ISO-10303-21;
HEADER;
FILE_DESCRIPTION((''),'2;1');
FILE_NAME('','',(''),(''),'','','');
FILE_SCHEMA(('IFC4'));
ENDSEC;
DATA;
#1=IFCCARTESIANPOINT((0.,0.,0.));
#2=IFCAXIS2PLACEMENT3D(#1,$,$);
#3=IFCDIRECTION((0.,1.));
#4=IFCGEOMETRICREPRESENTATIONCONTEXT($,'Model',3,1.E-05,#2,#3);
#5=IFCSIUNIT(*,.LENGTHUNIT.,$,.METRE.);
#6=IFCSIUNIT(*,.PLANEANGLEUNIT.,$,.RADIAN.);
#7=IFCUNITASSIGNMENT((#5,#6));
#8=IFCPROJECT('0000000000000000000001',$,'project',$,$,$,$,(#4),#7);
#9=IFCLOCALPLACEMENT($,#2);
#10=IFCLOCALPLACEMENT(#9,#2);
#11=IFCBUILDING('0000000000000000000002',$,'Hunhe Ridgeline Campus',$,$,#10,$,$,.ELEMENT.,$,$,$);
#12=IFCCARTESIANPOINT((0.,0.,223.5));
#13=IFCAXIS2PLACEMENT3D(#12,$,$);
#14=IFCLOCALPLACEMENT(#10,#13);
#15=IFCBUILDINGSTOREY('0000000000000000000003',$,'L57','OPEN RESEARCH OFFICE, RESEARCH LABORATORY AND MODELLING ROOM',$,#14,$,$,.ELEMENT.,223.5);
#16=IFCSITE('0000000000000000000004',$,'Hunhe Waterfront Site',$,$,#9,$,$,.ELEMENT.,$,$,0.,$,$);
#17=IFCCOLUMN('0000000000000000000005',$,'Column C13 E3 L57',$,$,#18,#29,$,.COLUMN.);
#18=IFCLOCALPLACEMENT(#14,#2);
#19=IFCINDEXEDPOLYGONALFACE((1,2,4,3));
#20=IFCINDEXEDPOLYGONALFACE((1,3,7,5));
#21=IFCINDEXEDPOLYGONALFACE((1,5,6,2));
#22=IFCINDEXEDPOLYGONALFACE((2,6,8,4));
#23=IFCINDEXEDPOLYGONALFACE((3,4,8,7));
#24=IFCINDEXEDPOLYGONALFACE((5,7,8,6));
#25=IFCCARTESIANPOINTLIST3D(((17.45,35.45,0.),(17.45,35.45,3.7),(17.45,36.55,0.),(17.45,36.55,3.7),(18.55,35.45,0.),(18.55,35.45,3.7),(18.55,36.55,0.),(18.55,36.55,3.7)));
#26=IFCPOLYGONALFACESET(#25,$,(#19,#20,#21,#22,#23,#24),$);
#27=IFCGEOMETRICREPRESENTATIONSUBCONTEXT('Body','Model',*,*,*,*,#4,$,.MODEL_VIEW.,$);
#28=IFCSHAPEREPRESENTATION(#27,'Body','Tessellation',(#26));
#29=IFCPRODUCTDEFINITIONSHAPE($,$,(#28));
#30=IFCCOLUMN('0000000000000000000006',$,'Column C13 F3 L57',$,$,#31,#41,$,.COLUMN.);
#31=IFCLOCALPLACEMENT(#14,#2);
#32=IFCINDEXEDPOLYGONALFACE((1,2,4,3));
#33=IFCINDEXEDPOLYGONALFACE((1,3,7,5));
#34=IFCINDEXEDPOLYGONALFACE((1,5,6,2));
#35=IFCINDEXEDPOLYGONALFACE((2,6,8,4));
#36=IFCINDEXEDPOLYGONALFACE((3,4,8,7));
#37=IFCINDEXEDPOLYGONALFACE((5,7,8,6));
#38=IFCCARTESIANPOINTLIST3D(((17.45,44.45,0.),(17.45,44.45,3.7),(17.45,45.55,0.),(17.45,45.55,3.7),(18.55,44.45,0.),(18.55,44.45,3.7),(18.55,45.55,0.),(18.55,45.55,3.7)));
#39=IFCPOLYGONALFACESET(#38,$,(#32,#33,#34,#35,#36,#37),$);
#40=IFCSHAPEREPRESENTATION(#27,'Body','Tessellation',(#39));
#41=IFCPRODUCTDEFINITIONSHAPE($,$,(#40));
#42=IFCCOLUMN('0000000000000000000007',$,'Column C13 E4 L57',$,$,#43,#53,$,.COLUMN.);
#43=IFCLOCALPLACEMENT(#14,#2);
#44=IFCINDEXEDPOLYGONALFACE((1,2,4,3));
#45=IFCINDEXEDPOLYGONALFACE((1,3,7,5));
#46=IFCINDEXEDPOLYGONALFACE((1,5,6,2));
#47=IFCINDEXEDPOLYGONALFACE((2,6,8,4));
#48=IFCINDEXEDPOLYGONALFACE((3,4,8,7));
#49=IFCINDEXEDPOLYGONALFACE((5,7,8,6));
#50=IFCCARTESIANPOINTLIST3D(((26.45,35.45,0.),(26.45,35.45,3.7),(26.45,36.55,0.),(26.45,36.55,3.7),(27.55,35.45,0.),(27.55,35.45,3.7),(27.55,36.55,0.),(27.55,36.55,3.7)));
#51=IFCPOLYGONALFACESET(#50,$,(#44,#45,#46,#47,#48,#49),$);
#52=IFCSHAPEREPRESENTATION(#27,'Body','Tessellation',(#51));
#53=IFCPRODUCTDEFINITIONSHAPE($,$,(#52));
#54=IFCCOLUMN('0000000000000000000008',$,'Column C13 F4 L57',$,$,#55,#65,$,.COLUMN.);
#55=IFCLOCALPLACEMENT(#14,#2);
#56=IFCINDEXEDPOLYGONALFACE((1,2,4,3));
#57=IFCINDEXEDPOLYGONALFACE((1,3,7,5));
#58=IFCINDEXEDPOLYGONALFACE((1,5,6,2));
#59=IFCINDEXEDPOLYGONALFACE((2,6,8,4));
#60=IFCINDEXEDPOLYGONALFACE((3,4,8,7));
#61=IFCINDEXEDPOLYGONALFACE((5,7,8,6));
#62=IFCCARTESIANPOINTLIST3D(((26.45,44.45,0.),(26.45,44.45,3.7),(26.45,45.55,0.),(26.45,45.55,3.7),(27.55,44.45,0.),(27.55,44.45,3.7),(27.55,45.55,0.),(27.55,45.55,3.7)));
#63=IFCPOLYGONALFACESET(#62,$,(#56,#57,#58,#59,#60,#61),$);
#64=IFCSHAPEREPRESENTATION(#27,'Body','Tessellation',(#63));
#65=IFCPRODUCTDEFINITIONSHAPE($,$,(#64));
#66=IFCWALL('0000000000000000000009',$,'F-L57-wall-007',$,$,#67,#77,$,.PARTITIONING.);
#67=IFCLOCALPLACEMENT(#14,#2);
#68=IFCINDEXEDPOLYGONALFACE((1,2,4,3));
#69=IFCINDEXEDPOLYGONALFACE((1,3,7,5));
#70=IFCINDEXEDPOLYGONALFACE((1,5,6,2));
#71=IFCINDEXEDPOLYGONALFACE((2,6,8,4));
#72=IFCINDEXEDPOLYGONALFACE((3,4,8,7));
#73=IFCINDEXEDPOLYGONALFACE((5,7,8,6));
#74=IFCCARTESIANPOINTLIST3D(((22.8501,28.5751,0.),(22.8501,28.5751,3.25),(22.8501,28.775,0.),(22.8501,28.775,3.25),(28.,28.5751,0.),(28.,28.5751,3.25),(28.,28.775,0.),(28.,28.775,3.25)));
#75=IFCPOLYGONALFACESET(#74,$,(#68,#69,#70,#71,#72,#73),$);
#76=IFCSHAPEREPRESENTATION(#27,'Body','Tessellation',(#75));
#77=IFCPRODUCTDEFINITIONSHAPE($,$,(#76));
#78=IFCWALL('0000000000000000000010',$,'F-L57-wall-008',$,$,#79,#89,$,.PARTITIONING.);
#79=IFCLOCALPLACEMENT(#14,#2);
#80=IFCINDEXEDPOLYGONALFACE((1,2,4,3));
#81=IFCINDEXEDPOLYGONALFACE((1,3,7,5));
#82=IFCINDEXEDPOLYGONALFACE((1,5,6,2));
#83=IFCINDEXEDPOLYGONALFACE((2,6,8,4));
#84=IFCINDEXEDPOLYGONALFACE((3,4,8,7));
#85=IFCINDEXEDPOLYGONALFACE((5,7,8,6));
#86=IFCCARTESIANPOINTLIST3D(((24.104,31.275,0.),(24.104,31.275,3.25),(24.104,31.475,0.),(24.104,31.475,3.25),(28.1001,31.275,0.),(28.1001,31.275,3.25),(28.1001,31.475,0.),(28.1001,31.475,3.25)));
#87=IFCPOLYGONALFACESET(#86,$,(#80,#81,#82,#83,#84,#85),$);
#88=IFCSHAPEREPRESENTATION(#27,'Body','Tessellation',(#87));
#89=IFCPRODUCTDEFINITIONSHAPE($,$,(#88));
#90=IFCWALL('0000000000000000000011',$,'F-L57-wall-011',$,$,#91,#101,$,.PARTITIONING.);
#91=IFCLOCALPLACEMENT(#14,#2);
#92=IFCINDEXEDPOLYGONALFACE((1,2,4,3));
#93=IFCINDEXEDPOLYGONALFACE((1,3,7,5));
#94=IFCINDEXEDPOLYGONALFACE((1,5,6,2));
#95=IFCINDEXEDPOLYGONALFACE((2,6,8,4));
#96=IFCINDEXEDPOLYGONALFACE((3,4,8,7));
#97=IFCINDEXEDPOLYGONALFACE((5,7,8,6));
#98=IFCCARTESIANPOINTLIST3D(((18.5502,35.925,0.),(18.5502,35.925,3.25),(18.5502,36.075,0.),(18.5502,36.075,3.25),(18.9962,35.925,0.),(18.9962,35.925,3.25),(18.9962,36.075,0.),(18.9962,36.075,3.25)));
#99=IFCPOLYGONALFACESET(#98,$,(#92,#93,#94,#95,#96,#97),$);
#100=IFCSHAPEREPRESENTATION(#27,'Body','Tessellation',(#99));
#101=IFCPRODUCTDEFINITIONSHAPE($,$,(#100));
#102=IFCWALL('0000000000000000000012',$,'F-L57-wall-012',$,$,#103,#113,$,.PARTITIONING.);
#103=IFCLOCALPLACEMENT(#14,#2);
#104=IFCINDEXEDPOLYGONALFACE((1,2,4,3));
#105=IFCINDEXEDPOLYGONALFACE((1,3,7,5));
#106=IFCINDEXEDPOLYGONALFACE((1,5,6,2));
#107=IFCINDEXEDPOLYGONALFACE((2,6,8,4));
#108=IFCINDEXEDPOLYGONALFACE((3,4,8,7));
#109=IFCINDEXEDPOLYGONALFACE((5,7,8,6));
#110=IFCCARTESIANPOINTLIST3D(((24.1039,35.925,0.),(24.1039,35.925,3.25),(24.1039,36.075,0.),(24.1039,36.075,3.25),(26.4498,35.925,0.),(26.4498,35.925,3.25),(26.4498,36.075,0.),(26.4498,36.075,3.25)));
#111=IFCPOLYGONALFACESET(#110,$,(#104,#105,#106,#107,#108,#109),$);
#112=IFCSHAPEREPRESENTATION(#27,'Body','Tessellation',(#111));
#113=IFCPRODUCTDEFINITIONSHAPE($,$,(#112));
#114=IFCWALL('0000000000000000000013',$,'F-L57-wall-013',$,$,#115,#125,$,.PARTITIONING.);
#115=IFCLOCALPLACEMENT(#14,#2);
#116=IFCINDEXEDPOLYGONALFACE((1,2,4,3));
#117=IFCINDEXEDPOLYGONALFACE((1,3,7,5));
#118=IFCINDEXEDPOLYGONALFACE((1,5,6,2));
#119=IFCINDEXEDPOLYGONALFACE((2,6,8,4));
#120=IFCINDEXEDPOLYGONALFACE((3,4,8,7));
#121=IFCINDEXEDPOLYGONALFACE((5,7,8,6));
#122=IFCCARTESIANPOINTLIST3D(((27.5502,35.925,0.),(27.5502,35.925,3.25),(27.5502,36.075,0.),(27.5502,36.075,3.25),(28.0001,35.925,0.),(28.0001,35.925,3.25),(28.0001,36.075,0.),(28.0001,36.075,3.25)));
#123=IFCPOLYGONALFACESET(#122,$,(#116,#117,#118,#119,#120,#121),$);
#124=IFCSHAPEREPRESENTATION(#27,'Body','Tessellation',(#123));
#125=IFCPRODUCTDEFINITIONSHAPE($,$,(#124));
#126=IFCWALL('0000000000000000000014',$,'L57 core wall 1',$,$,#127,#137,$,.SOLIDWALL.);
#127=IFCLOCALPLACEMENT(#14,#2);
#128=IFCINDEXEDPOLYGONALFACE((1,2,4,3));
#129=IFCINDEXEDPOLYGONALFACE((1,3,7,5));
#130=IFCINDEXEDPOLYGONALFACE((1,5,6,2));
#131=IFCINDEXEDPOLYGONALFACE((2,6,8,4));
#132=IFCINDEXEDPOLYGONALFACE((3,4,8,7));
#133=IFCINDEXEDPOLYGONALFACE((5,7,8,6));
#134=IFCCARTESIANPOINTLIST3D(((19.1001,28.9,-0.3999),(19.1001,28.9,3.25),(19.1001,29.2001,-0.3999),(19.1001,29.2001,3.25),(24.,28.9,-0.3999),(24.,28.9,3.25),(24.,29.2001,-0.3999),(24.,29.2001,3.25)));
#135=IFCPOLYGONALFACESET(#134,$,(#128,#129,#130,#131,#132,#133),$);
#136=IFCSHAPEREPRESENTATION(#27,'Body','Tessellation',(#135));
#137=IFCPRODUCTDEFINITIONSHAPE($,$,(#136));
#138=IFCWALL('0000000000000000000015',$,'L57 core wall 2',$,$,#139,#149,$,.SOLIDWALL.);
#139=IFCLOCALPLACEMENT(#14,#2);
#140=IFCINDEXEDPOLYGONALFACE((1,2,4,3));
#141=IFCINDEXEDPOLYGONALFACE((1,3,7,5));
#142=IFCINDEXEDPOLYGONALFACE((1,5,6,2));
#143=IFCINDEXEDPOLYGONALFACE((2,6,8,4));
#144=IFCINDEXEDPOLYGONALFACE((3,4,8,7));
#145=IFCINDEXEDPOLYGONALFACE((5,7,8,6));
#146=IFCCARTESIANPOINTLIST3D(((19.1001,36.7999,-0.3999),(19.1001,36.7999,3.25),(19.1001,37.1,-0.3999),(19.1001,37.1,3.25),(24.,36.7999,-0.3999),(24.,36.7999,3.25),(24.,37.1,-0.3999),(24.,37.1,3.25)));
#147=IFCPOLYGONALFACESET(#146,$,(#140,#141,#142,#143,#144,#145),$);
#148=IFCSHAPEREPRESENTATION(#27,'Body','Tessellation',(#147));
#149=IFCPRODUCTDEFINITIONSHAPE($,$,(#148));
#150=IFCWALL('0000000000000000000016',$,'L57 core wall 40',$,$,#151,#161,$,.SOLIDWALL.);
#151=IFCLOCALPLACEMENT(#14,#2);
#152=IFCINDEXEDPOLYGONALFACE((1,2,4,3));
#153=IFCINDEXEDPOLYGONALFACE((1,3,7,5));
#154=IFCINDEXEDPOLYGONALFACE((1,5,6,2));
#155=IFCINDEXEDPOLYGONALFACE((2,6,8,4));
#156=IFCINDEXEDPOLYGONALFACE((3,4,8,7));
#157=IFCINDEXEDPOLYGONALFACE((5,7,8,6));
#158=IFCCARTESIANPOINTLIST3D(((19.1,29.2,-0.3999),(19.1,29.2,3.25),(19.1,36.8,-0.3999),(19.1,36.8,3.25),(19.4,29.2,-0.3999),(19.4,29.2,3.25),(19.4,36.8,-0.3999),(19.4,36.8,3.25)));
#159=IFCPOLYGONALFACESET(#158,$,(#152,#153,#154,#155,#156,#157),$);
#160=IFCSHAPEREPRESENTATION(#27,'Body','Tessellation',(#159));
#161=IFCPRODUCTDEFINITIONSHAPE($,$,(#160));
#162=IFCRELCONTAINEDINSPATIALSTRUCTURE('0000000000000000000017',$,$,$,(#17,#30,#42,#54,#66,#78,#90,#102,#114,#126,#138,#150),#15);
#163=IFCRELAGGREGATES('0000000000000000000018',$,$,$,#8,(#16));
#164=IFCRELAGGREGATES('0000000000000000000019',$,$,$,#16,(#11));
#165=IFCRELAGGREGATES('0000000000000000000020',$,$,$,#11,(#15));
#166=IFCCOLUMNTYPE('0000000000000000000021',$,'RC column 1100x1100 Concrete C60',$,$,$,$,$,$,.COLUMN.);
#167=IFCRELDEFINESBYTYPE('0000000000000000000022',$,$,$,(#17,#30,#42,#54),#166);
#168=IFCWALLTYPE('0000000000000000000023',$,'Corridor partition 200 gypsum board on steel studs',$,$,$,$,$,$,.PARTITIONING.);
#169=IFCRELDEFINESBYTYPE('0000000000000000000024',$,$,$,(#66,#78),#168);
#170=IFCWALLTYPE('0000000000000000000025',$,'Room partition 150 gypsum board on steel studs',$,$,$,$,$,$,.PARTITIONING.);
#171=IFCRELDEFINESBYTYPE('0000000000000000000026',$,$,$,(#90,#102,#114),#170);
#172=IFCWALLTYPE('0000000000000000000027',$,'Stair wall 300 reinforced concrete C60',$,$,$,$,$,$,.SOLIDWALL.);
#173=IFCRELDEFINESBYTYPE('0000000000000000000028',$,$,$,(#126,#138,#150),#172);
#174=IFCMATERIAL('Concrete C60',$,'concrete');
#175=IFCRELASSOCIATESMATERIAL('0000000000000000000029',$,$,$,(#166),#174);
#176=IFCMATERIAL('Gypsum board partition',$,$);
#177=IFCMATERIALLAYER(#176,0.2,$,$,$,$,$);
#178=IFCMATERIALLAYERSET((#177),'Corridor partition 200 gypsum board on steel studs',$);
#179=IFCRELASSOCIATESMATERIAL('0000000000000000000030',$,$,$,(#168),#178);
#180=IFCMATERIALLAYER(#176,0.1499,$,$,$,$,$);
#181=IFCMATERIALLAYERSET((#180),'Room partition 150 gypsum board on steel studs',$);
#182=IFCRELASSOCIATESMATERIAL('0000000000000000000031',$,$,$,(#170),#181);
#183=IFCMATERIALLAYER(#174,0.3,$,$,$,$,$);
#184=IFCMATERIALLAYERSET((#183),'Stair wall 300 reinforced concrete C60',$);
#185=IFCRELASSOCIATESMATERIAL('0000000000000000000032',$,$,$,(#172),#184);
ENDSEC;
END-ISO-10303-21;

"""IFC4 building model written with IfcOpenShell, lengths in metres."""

from ifc_helpers import new_model, si_unit, direction, frame, frame_2d, origin, origin_2d, place, context, subcontext, project, spatial, rectangle, extrude, material, layer, layer_set, material_profile, profile_set, type_object, element, save


model = new_model("IFC4")

# Units and contexts
model_context = context("Model", 3, precision=1e-05, world=origin(), true_north=direction((0.0, 1.0)))
body_context = subcontext(model_context, "Body", "Model", "MODEL_VIEW")
ifc_project = project(units=[si_unit("LENGTHUNIT", "METRE"), si_unit("PLANEANGLEUNIT", "RADIAN")], contexts=[model_context])

# Site, building, storey
site_placement = place(None, origin())
site = spatial("IfcSite", under=ifc_project, at=site_placement, Name="Hunhe Waterfront Site", CompositionType="ELEMENT", RefElevation=0.0)
building_placement = place(site_placement, origin())
building = spatial("IfcBuilding", under=site, at=building_placement, Name="Hunhe Ridgeline Campus", CompositionType="ELEMENT")
storey_placement = place(building_placement, frame((0.0, 0.0, 223.5)))
storey = spatial("IfcBuildingStorey", under=building, at=storey_placement, Name="L57", Description="OPEN RESEARCH OFFICE, RESEARCH LABORATORY AND MODELLING ROOM", CompositionType="ELEMENT", Elevation=223.5)

# Columns
ifc_material_1 = material(Name="Concrete C60", Category="concrete")
ifc_material_profile = material_profile(ifc_material_1, rectangle(XDim=1.1001, YDim=1.1001, at=origin_2d()))
ifc_profile_set = profile_set([ifc_material_profile], Name="Concrete C60")
column_type = type_object("IfcColumnType", Name="RC column 1100x1100 Concrete C60", PredefinedType="COLUMN", material=ifc_profile_set)
for number, where, z_axis, x_axis, name in (
    (1, (18.0, 36.0, 0.0), (0.0, 0.0, 1.0), (1.0, 0.0, 0.0), "Column C13 E3 L57"),
    (2, (18.0, 45.0, 0.0), (0.0, 0.0, 1.0), (1.0, 0.0, 0.0), "Column C13 F3 L57"),
    (3, (27.0, 36.0, 0.0), (0.0, 0.0, 1.0), (1.0, 0.0, 0.0), "Column C13 E4 L57"),
    (4, (27.0, 45.0, 0.0), (0.0, 0.0, 1.0), (1.0, 0.0, 0.0), "Column C13 F4 L57"),
):
    element("IfcColumn", number, at=place(storey_placement, frame(where, z_axis=z_axis, x_axis=x_axis)), inside=storey, type_object=column_type, Name=name, PredefinedType="COLUMN", context=body_context, shape_type="SweptSolid", body=[
        extrude(rectangle(XDim=1.1001, YDim=1.1001, at=origin_2d()), origin(), (0.0, 0.0, 1.0), 3.7),
    ])

# Walls
ifc_material_2 = material(Name="Gypsum board partition")
ifc_layer_1 = layer(ifc_material_2, 0.2)
ifc_layer_set_1 = layer_set([ifc_layer_1], Name="Corridor partition 200 gypsum board on steel studs")
wall_type_1 = type_object("IfcWallType", Name="Corridor partition 200 gypsum board on steel studs", PredefinedType="PARTITIONING", material=ifc_layer_set_1)
wall_1_placement = place(storey_placement, frame((28.0, 28.675, 0.0), z_axis=(0.0, 0.0, 1.0), x_axis=(-1.0, 0.0, 0.0)))
element("IfcWall", 5, at=wall_1_placement, inside=storey, type_object=wall_type_1, Name="F-L57-wall-007", PredefinedType="PARTITIONING", context=body_context, shape_type="SweptSolid", body=[
    extrude(rectangle(XDim=5.1499, YDim=0.2, at=frame_2d((2.575, 0.0))), origin(), (0.0, 0.0, 1.0), 3.25),
])
wall_2_placement = place(storey_placement, frame((24.104, 31.375, 0.0), z_axis=(0.0, 0.0, 1.0), x_axis=(1.0, 0.0, 0.0)))
element("IfcWall", 6, at=wall_2_placement, inside=storey, type_object=wall_type_1, Name="F-L57-wall-008", PredefinedType="PARTITIONING", context=body_context, shape_type="SweptSolid", body=[
    extrude(rectangle(XDim=3.9961, YDim=0.2, at=frame_2d((1.998, 0.0))), origin(), (0.0, 0.0, 1.0), 3.25),
])

# Walls
ifc_layer_2 = layer(ifc_material_2, 0.1499)
ifc_layer_set_2 = layer_set([ifc_layer_2], Name="Room partition 150 gypsum board on steel studs")
wall_type_2 = type_object("IfcWallType", Name="Room partition 150 gypsum board on steel studs", PredefinedType="PARTITIONING", material=ifc_layer_set_2)
wall_3_placement = place(storey_placement, frame((18.55, 36.0, 0.0), z_axis=(0.0, 0.0, 1.0), x_axis=(1.0, 0.0, 0.0)))
element("IfcWall", 7, at=wall_3_placement, inside=storey, type_object=wall_type_2, Name="F-L57-wall-011", PredefinedType="PARTITIONING", context=body_context, shape_type="SweptSolid", body=[
    extrude(rectangle(XDim=0.446, YDim=0.1499, at=frame_2d((0.2231, 0.0))), origin(), (0.0, 0.0, 1.0), 3.25),
])
wall_4_placement = place(storey_placement, frame((24.104, 36.0, 0.0), z_axis=(0.0, 0.0, 1.0), x_axis=(1.0, 0.0, 0.0)))
element("IfcWall", 8, at=wall_4_placement, inside=storey, type_object=wall_type_2, Name="F-L57-wall-012", PredefinedType="PARTITIONING", context=body_context, shape_type="SweptSolid", body=[
    extrude(rectangle(XDim=2.3459, YDim=0.1499, at=frame_2d((1.1729, 0.0))), origin(), (0.0, 0.0, 1.0), 3.25),
])
wall_5_placement = place(storey_placement, frame((27.55, 36.0, 0.0), z_axis=(0.0, 0.0, 1.0), x_axis=(1.0, 0.0, 0.0)))
element("IfcWall", 9, at=wall_5_placement, inside=storey, type_object=wall_type_2, Name="F-L57-wall-013", PredefinedType="PARTITIONING", context=body_context, shape_type="SweptSolid", body=[
    extrude(rectangle(XDim=0.45, YDim=0.1499, at=frame_2d((0.2251, 0.0))), origin(), (0.0, 0.0, 1.0), 3.25),
])
ifc_layer_3 = layer(ifc_material_1, 0.3)
ifc_layer_set_3 = layer_set([ifc_layer_3], Name="Stair wall 300 reinforced concrete C60")
wall_type_3 = type_object("IfcWallType", Name="Stair wall 300 reinforced concrete C60", PredefinedType="SOLIDWALL", material=ifc_layer_set_3)
for number, where, z_axis, x_axis, name in (
    (10, (19.1001, 29.05, -0.3999), (0.0, 0.0, 1.0), (1.0, 0.0, 0.0), "L57 core wall 1"),
    (11, (19.1001, 36.95, -0.3999), (0.0, 0.0, 1.0), (1.0, 0.0, 0.0), "L57 core wall 2"),
):
    element("IfcWall", number, at=place(storey_placement, frame(where, z_axis=z_axis, x_axis=x_axis)), inside=storey, type_object=wall_type_3, Name=name, PredefinedType="SOLIDWALL", context=body_context, shape_type="SweptSolid", body=[
        extrude(rectangle(XDim=4.8999, YDim=0.3, at=frame_2d((2.45, 0.0))), origin(), (0.0, 0.0, 1.0), 3.6499),
    ])
wall_6_placement = place(storey_placement, frame((19.25, 29.2, -0.3999), z_axis=(0.0, 0.0, 1.0), x_axis=(0.0, 1.0, 0.0)))
element("IfcWall", 12, at=wall_6_placement, inside=storey, type_object=wall_type_3, Name="L57 core wall 40", PredefinedType="SOLIDWALL", context=body_context, shape_type="SweptSolid", body=[
    extrude(rectangle(XDim=7.6001, YDim=0.3, at=frame_2d((3.8, 0.0))), origin(), (0.0, 0.0, 1.0), 3.6499),
])

save(model, "model.ifc")
